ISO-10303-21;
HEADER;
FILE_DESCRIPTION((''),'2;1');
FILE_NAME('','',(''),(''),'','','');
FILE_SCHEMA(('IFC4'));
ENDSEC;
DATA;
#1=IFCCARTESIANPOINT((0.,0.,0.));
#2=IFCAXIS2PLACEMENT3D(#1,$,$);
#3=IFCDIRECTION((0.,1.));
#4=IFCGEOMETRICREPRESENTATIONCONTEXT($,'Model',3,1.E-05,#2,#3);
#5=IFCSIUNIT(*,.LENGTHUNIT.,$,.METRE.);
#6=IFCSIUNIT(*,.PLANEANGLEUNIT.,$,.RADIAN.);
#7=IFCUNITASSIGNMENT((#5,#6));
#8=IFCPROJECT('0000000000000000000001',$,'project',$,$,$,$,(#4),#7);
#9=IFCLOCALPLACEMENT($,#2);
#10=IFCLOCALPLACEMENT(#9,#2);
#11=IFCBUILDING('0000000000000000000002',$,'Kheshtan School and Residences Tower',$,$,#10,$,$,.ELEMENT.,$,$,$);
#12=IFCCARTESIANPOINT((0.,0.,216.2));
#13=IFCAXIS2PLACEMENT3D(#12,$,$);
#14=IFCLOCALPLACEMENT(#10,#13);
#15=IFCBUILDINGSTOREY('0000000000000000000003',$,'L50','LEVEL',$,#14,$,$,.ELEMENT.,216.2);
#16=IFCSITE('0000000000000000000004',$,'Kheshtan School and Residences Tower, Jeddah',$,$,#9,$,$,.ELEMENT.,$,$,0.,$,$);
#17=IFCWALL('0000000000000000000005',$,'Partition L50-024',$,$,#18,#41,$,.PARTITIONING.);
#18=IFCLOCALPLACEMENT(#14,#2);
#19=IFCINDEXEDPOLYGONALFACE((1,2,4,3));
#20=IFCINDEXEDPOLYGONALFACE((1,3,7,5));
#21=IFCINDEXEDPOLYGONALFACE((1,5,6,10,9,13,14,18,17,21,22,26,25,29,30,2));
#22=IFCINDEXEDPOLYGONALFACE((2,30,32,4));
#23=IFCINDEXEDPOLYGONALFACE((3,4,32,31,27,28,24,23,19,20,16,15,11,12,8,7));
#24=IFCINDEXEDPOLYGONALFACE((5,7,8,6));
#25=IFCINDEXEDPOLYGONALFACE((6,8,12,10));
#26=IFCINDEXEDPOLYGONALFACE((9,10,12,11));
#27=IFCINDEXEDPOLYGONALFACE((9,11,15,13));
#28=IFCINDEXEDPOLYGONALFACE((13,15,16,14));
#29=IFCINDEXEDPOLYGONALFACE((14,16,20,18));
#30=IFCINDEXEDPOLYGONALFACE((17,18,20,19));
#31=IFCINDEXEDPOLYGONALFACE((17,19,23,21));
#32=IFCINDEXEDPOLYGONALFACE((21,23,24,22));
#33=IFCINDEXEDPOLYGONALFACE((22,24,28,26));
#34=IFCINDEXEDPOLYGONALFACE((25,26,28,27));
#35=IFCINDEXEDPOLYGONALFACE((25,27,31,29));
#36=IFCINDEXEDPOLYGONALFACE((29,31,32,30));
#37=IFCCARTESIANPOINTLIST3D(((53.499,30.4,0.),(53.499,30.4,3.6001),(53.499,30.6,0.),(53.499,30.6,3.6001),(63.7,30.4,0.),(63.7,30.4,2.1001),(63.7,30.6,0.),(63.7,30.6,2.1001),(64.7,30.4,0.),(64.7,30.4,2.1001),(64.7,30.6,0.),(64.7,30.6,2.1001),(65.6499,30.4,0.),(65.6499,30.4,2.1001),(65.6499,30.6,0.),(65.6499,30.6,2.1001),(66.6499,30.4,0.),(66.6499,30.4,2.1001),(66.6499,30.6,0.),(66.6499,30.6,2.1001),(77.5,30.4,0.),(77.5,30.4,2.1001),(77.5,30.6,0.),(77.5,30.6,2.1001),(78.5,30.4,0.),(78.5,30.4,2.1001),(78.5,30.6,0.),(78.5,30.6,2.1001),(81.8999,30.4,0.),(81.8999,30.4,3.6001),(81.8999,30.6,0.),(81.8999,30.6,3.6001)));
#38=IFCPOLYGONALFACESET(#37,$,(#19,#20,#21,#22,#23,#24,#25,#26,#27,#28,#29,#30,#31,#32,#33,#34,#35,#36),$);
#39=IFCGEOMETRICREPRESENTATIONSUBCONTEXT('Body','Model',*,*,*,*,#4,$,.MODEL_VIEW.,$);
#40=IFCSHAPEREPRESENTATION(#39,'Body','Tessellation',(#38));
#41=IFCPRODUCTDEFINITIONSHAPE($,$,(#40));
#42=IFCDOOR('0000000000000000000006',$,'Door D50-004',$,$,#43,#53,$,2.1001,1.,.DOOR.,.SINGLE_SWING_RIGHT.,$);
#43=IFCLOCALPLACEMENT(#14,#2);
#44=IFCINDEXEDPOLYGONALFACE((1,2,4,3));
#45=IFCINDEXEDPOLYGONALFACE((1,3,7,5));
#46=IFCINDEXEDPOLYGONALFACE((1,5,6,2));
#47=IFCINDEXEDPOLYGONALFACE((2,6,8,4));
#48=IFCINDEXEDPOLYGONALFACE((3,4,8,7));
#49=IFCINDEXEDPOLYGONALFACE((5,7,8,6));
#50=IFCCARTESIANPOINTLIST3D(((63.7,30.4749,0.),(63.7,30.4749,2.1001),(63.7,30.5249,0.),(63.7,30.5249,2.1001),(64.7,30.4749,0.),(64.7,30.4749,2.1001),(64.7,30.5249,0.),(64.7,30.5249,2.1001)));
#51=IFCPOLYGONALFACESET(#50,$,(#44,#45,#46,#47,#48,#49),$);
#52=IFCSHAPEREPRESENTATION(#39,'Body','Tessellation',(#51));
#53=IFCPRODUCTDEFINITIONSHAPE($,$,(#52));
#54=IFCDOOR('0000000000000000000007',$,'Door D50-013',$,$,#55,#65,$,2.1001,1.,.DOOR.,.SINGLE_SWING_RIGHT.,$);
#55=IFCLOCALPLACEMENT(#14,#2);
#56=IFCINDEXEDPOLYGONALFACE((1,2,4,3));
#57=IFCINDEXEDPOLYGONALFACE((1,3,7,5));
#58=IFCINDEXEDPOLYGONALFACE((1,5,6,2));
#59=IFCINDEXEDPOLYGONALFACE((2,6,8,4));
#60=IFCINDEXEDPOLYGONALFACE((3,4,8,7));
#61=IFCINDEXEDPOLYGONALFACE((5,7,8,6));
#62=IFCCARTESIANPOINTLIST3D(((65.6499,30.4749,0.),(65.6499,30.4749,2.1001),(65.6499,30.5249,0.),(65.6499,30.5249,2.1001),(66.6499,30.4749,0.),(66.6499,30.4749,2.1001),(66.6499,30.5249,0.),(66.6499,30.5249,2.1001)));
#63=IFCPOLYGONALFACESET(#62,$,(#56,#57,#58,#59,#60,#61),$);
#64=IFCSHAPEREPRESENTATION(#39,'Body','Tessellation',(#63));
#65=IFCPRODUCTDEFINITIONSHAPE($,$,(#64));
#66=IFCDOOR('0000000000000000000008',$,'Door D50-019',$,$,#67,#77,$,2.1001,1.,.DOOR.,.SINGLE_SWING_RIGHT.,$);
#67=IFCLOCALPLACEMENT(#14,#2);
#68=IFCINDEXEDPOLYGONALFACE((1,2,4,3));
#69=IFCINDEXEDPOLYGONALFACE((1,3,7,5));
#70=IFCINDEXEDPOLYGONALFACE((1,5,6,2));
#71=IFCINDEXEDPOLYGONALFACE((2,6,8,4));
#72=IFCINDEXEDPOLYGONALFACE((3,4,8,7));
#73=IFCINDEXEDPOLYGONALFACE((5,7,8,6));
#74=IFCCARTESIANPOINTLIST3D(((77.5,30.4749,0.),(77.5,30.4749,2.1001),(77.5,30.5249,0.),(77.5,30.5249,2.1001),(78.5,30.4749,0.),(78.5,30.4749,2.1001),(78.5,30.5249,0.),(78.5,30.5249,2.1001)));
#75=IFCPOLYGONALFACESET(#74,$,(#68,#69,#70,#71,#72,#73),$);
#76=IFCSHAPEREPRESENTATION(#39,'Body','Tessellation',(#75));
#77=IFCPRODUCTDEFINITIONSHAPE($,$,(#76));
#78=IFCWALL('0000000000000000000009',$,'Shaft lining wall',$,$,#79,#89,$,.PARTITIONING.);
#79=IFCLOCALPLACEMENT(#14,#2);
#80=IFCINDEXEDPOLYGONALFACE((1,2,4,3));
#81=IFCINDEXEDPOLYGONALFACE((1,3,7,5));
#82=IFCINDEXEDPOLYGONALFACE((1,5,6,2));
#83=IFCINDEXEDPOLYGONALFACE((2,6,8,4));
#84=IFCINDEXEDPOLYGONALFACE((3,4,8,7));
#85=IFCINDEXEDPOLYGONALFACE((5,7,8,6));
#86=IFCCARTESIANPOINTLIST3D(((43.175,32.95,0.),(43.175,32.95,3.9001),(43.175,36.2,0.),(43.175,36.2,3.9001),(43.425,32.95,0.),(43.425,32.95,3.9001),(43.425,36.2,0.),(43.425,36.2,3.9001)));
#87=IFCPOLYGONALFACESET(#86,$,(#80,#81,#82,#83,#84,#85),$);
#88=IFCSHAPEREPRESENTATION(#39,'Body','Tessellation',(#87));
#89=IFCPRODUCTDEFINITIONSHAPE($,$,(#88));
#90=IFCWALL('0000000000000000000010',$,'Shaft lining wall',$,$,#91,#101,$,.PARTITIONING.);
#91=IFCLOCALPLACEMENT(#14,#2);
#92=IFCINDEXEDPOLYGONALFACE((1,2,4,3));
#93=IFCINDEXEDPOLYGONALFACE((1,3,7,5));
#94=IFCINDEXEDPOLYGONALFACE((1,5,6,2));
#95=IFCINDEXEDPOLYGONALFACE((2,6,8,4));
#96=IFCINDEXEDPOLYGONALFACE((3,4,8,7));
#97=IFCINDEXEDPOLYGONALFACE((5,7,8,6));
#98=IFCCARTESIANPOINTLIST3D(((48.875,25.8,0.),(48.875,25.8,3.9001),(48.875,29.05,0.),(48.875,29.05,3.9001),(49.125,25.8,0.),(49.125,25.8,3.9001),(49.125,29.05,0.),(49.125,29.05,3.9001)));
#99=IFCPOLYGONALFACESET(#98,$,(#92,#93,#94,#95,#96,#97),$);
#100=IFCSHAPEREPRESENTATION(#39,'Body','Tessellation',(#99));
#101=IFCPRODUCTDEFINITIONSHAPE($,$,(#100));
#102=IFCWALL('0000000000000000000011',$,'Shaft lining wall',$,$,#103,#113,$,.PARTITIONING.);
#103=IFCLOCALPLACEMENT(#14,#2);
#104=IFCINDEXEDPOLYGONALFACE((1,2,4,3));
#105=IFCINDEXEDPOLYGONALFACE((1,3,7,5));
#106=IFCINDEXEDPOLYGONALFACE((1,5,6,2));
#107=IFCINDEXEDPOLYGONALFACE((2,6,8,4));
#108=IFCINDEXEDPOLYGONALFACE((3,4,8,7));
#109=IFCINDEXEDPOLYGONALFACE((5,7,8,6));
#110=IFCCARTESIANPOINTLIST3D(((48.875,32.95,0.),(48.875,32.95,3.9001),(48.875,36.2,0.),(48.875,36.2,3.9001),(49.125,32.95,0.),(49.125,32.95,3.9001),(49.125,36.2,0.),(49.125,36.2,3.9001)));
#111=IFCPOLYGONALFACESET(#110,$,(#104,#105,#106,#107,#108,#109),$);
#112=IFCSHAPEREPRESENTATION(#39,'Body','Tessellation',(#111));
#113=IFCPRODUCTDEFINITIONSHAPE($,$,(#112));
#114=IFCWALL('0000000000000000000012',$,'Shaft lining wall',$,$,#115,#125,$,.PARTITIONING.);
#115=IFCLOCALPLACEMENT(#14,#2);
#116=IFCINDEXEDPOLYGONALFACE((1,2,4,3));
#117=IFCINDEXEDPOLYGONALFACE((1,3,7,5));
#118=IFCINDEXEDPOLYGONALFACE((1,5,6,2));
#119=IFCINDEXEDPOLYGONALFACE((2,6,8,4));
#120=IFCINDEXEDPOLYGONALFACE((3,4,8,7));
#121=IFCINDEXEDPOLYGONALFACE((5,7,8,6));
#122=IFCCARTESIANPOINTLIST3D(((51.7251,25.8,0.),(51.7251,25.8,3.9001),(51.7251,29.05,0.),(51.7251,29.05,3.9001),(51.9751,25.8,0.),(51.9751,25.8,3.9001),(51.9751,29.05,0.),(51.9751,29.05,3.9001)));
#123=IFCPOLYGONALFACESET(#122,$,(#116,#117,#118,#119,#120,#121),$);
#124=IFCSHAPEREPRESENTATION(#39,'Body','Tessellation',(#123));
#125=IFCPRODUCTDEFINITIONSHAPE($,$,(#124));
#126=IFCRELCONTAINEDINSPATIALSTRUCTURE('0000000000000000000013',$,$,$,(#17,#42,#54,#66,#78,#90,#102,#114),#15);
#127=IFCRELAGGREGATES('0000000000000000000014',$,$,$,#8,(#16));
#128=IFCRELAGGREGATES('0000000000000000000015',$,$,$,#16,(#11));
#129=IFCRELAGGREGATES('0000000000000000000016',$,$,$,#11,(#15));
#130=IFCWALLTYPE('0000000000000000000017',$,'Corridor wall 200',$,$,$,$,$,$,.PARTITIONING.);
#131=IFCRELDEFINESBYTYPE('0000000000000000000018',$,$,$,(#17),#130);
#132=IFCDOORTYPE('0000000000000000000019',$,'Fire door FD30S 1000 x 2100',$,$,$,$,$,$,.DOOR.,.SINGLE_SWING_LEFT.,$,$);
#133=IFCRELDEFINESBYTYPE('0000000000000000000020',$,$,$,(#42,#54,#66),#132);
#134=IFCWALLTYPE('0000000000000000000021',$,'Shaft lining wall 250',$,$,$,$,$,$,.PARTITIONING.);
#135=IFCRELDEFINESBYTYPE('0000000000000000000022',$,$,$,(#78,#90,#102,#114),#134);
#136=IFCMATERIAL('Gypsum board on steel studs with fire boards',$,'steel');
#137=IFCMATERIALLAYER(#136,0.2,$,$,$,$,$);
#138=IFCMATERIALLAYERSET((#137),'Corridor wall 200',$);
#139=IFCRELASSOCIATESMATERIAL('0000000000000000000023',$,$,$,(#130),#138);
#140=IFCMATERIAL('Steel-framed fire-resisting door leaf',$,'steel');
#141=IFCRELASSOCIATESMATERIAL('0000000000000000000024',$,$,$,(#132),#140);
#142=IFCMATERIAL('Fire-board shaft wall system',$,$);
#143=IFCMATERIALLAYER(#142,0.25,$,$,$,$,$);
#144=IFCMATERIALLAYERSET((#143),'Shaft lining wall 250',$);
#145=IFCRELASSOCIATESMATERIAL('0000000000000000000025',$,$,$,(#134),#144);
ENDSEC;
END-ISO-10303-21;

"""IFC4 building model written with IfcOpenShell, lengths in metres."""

from ifc_helpers import new_model, si_unit, direction, frame, frame_2d, origin, place, context, subcontext, project, spatial, rectangle, extrude, source, transform, mapped, material, layer, layer_set, type_object, element, fill, save


model = new_model("IFC4")

# Units and contexts
model_context = context("Model", 3, precision=1e-05, world=origin(), true_north=direction((0.0, 1.0)))
body_context = subcontext(model_context, "Body", "Model", "MODEL_VIEW")
ifc_project = project(units=[si_unit("LENGTHUNIT", "METRE"), si_unit("PLANEANGLEUNIT", "RADIAN")], contexts=[model_context])

# Site, building, storey
site_placement = place(None, origin())
site = spatial("IfcSite", under=ifc_project, at=site_placement, Name="Kheshtan School and Residences Tower, Jeddah", CompositionType="ELEMENT", RefElevation=0.0)
building_placement = place(site_placement, origin())
building = spatial("IfcBuilding", under=site, at=building_placement, Name="Kheshtan School and Residences Tower", CompositionType="ELEMENT")
storey_placement = place(building_placement, frame((0.0, 0.0, 216.2)))
storey = spatial("IfcBuildingStorey", under=building, at=storey_placement, Name="L50", Description="LEVEL", CompositionType="ELEMENT", Elevation=216.2)

# Shared definitions
ifc_material_1 = material(Name="Gypsum board on steel studs with fire boards", Category="steel")
ifc_layer_1 = layer(ifc_material_1, 0.2)
ifc_layer_set_1 = layer_set([ifc_layer_1], Name="Corridor wall 200")
wall_type_1 = type_object("IfcWallType", Name="Corridor wall 200", PredefinedType="PARTITIONING", material=ifc_layer_set_1)
ifc_material_2 = material(Name="Steel-framed fire-resisting door leaf", Category="steel")

# Wall, openings, doors
wall_1_placement = place(storey_placement, frame((53.499, 30.5, 0.0), z_axis=(0.0, 0.0, 1.0), x_axis=(1.0, 0.0, 0.0)))
wall_1 = element("IfcWall", 1, at=wall_1_placement, inside=storey, type_object=wall_type_1, Name="Partition L50-024", PredefinedType="PARTITIONING", context=body_context, shape_type="SweptSolid", body=[
    extrude(rectangle(XDim=28.4009, YDim=0.2, at=frame_2d((14.2004, 0.0))), origin(), (0.0, 0.0, 1.0), 3.6001),
])
opening_1_placement = place(wall_1_placement, frame((10.2009, 0.0, 0.0)))
opening_1 = element("IfcOpeningElement", 2, at=opening_1_placement, cuts=wall_1, PredefinedType="OPENING", context=body_context, shape_type="SweptSolid", body=[
    extrude(rectangle(XDim=1.0, YDim=2.1001, at=frame_2d((0.5, 1.05))), frame((0.0, 0.1099, 0.0), z_axis=(0.0, -1.0, 0.0), x_axis=(1.0, 0.0, 0.0)), (0.0, 0.0, 1.0), 0.22),
])
opening_2_placement = place(wall_1_placement, frame((12.1509, 0.0, 0.0)))
opening_2 = element("IfcOpeningElement", 3, at=opening_2_placement, cuts=wall_1, PredefinedType="OPENING", context=body_context, shape_type="SweptSolid", body=[
    extrude(rectangle(XDim=1.0, YDim=2.1001, at=frame_2d((0.5, 1.05))), frame((0.0, 0.1099, 0.0), z_axis=(0.0, -1.0, 0.0), x_axis=(1.0, 0.0, 0.0)), (0.0, 0.0, 1.0), 0.22),
])
opening_3_placement = place(wall_1_placement, frame((24.001, 0.0, 0.0)))
opening_3 = element("IfcOpeningElement", 4, at=opening_3_placement, cuts=wall_1, PredefinedType="OPENING", context=body_context, shape_type="SweptSolid", body=[
    extrude(rectangle(XDim=1.0, YDim=2.1001, at=frame_2d((0.5, 1.05))), frame((0.0, 0.1099, 0.0), z_axis=(0.0, -1.0, 0.0), x_axis=(1.0, 0.0, 0.0)), (0.0, 0.0, 1.0), 0.22),
])
door_type_1 = type_object("IfcDoorType", Name="Fire door FD30S 1000 x 2100", OperationType="SINGLE_SWING_LEFT", PredefinedType="DOOR", material=ifc_material_2)
shared_shape_1 = source(origin(), body_context, "Body", "SweptSolid", [
    extrude(rectangle(XDim=1.0, YDim=2.1001, at=frame_2d((0.5, 1.05))), frame((0.0, 0.0249, 0.0), z_axis=(0.0, -1.0, 0.0), x_axis=(1.0, 0.0, 0.0)), (0.0, 0.0, 1.0), 0.05),
])
door_1_placement = place(opening_1_placement, origin())
door_1 = element("IfcDoor", 5, at=door_1_placement, inside=storey, type_object=door_type_1, Name="Door D50-004", OperationType="SINGLE_SWING_RIGHT", OverallHeight=2.1001, OverallWidth=1.0, PredefinedType="DOOR", context=body_context, shape_type="MappedRepresentation", body=[
    mapped(shared_shape_1, transform((0.0, 0.0, 0.0), x_axis=(1.0, 0.0, 0.0), y_axis=(0.0, 1.0, 0.0), z_axis=(0.0, 0.0, 1.0), scale=1.0)),
])
fill(opening_1, door_1)
door_2_placement = place(opening_2_placement, origin())
door_2 = element("IfcDoor", 6, at=door_2_placement, inside=storey, type_object=door_type_1, Name="Door D50-013", OperationType="SINGLE_SWING_RIGHT", OverallHeight=2.1001, OverallWidth=1.0, PredefinedType="DOOR", context=body_context, shape_type="MappedRepresentation", body=[
    mapped(shared_shape_1, transform((0.0, 0.0, 0.0), x_axis=(1.0, 0.0, 0.0), y_axis=(0.0, 1.0, 0.0), z_axis=(0.0, 0.0, 1.0), scale=1.0)),
])
fill(opening_2, door_2)
door_3_placement = place(opening_3_placement, origin())
door_3 = element("IfcDoor", 7, at=door_3_placement, inside=storey, type_object=door_type_1, Name="Door D50-019", OperationType="SINGLE_SWING_RIGHT", OverallHeight=2.1001, OverallWidth=1.0, PredefinedType="DOOR", context=body_context, shape_type="MappedRepresentation", body=[
    mapped(shared_shape_1, transform((0.0, 0.0, 0.0), x_axis=(1.0, 0.0, 0.0), y_axis=(0.0, 1.0, 0.0), z_axis=(0.0, 0.0, 1.0), scale=1.0)),
])
fill(opening_3, door_3)

# Walls
ifc_material_3 = material(Name="Fire-board shaft wall system")
ifc_layer_2 = layer(ifc_material_3, 0.25)
ifc_layer_set_2 = layer_set([ifc_layer_2], Name="Shaft lining wall 250")
wall_type_2 = type_object("IfcWallType", Name="Shaft lining wall 250", PredefinedType="PARTITIONING", material=ifc_layer_set_2)
for number, where, z_axis, x_axis, name in (
    (8, (43.3, 32.95, 0.0), (0.0, 0.0, 1.0), (0.0, 1.0, 0.0), "Shaft lining wall"),
    (9, (49.0, 25.8, 0.0), (0.0, 0.0, 1.0), (0.0, 1.0, 0.0), "Shaft lining wall"),
    (10, (49.0, 32.95, 0.0), (0.0, 0.0, 1.0), (0.0, 1.0, 0.0), "Shaft lining wall"),
    (11, (51.8501, 25.8, 0.0), (0.0, 0.0, 1.0), (0.0, 1.0, 0.0), "Shaft lining wall"),
):
    element("IfcWall", number, at=place(storey_placement, frame(where, z_axis=z_axis, x_axis=x_axis)), inside=storey, type_object=wall_type_2, Name=name, PredefinedType="PARTITIONING", context=body_context, shape_type="SweptSolid", body=[
        extrude(rectangle(XDim=3.25, YDim=0.25, at=frame_2d((1.625, 0.0))), origin(), (0.0, 0.0, 1.0), 3.9001),
    ])

save(model, "model.ifc")
